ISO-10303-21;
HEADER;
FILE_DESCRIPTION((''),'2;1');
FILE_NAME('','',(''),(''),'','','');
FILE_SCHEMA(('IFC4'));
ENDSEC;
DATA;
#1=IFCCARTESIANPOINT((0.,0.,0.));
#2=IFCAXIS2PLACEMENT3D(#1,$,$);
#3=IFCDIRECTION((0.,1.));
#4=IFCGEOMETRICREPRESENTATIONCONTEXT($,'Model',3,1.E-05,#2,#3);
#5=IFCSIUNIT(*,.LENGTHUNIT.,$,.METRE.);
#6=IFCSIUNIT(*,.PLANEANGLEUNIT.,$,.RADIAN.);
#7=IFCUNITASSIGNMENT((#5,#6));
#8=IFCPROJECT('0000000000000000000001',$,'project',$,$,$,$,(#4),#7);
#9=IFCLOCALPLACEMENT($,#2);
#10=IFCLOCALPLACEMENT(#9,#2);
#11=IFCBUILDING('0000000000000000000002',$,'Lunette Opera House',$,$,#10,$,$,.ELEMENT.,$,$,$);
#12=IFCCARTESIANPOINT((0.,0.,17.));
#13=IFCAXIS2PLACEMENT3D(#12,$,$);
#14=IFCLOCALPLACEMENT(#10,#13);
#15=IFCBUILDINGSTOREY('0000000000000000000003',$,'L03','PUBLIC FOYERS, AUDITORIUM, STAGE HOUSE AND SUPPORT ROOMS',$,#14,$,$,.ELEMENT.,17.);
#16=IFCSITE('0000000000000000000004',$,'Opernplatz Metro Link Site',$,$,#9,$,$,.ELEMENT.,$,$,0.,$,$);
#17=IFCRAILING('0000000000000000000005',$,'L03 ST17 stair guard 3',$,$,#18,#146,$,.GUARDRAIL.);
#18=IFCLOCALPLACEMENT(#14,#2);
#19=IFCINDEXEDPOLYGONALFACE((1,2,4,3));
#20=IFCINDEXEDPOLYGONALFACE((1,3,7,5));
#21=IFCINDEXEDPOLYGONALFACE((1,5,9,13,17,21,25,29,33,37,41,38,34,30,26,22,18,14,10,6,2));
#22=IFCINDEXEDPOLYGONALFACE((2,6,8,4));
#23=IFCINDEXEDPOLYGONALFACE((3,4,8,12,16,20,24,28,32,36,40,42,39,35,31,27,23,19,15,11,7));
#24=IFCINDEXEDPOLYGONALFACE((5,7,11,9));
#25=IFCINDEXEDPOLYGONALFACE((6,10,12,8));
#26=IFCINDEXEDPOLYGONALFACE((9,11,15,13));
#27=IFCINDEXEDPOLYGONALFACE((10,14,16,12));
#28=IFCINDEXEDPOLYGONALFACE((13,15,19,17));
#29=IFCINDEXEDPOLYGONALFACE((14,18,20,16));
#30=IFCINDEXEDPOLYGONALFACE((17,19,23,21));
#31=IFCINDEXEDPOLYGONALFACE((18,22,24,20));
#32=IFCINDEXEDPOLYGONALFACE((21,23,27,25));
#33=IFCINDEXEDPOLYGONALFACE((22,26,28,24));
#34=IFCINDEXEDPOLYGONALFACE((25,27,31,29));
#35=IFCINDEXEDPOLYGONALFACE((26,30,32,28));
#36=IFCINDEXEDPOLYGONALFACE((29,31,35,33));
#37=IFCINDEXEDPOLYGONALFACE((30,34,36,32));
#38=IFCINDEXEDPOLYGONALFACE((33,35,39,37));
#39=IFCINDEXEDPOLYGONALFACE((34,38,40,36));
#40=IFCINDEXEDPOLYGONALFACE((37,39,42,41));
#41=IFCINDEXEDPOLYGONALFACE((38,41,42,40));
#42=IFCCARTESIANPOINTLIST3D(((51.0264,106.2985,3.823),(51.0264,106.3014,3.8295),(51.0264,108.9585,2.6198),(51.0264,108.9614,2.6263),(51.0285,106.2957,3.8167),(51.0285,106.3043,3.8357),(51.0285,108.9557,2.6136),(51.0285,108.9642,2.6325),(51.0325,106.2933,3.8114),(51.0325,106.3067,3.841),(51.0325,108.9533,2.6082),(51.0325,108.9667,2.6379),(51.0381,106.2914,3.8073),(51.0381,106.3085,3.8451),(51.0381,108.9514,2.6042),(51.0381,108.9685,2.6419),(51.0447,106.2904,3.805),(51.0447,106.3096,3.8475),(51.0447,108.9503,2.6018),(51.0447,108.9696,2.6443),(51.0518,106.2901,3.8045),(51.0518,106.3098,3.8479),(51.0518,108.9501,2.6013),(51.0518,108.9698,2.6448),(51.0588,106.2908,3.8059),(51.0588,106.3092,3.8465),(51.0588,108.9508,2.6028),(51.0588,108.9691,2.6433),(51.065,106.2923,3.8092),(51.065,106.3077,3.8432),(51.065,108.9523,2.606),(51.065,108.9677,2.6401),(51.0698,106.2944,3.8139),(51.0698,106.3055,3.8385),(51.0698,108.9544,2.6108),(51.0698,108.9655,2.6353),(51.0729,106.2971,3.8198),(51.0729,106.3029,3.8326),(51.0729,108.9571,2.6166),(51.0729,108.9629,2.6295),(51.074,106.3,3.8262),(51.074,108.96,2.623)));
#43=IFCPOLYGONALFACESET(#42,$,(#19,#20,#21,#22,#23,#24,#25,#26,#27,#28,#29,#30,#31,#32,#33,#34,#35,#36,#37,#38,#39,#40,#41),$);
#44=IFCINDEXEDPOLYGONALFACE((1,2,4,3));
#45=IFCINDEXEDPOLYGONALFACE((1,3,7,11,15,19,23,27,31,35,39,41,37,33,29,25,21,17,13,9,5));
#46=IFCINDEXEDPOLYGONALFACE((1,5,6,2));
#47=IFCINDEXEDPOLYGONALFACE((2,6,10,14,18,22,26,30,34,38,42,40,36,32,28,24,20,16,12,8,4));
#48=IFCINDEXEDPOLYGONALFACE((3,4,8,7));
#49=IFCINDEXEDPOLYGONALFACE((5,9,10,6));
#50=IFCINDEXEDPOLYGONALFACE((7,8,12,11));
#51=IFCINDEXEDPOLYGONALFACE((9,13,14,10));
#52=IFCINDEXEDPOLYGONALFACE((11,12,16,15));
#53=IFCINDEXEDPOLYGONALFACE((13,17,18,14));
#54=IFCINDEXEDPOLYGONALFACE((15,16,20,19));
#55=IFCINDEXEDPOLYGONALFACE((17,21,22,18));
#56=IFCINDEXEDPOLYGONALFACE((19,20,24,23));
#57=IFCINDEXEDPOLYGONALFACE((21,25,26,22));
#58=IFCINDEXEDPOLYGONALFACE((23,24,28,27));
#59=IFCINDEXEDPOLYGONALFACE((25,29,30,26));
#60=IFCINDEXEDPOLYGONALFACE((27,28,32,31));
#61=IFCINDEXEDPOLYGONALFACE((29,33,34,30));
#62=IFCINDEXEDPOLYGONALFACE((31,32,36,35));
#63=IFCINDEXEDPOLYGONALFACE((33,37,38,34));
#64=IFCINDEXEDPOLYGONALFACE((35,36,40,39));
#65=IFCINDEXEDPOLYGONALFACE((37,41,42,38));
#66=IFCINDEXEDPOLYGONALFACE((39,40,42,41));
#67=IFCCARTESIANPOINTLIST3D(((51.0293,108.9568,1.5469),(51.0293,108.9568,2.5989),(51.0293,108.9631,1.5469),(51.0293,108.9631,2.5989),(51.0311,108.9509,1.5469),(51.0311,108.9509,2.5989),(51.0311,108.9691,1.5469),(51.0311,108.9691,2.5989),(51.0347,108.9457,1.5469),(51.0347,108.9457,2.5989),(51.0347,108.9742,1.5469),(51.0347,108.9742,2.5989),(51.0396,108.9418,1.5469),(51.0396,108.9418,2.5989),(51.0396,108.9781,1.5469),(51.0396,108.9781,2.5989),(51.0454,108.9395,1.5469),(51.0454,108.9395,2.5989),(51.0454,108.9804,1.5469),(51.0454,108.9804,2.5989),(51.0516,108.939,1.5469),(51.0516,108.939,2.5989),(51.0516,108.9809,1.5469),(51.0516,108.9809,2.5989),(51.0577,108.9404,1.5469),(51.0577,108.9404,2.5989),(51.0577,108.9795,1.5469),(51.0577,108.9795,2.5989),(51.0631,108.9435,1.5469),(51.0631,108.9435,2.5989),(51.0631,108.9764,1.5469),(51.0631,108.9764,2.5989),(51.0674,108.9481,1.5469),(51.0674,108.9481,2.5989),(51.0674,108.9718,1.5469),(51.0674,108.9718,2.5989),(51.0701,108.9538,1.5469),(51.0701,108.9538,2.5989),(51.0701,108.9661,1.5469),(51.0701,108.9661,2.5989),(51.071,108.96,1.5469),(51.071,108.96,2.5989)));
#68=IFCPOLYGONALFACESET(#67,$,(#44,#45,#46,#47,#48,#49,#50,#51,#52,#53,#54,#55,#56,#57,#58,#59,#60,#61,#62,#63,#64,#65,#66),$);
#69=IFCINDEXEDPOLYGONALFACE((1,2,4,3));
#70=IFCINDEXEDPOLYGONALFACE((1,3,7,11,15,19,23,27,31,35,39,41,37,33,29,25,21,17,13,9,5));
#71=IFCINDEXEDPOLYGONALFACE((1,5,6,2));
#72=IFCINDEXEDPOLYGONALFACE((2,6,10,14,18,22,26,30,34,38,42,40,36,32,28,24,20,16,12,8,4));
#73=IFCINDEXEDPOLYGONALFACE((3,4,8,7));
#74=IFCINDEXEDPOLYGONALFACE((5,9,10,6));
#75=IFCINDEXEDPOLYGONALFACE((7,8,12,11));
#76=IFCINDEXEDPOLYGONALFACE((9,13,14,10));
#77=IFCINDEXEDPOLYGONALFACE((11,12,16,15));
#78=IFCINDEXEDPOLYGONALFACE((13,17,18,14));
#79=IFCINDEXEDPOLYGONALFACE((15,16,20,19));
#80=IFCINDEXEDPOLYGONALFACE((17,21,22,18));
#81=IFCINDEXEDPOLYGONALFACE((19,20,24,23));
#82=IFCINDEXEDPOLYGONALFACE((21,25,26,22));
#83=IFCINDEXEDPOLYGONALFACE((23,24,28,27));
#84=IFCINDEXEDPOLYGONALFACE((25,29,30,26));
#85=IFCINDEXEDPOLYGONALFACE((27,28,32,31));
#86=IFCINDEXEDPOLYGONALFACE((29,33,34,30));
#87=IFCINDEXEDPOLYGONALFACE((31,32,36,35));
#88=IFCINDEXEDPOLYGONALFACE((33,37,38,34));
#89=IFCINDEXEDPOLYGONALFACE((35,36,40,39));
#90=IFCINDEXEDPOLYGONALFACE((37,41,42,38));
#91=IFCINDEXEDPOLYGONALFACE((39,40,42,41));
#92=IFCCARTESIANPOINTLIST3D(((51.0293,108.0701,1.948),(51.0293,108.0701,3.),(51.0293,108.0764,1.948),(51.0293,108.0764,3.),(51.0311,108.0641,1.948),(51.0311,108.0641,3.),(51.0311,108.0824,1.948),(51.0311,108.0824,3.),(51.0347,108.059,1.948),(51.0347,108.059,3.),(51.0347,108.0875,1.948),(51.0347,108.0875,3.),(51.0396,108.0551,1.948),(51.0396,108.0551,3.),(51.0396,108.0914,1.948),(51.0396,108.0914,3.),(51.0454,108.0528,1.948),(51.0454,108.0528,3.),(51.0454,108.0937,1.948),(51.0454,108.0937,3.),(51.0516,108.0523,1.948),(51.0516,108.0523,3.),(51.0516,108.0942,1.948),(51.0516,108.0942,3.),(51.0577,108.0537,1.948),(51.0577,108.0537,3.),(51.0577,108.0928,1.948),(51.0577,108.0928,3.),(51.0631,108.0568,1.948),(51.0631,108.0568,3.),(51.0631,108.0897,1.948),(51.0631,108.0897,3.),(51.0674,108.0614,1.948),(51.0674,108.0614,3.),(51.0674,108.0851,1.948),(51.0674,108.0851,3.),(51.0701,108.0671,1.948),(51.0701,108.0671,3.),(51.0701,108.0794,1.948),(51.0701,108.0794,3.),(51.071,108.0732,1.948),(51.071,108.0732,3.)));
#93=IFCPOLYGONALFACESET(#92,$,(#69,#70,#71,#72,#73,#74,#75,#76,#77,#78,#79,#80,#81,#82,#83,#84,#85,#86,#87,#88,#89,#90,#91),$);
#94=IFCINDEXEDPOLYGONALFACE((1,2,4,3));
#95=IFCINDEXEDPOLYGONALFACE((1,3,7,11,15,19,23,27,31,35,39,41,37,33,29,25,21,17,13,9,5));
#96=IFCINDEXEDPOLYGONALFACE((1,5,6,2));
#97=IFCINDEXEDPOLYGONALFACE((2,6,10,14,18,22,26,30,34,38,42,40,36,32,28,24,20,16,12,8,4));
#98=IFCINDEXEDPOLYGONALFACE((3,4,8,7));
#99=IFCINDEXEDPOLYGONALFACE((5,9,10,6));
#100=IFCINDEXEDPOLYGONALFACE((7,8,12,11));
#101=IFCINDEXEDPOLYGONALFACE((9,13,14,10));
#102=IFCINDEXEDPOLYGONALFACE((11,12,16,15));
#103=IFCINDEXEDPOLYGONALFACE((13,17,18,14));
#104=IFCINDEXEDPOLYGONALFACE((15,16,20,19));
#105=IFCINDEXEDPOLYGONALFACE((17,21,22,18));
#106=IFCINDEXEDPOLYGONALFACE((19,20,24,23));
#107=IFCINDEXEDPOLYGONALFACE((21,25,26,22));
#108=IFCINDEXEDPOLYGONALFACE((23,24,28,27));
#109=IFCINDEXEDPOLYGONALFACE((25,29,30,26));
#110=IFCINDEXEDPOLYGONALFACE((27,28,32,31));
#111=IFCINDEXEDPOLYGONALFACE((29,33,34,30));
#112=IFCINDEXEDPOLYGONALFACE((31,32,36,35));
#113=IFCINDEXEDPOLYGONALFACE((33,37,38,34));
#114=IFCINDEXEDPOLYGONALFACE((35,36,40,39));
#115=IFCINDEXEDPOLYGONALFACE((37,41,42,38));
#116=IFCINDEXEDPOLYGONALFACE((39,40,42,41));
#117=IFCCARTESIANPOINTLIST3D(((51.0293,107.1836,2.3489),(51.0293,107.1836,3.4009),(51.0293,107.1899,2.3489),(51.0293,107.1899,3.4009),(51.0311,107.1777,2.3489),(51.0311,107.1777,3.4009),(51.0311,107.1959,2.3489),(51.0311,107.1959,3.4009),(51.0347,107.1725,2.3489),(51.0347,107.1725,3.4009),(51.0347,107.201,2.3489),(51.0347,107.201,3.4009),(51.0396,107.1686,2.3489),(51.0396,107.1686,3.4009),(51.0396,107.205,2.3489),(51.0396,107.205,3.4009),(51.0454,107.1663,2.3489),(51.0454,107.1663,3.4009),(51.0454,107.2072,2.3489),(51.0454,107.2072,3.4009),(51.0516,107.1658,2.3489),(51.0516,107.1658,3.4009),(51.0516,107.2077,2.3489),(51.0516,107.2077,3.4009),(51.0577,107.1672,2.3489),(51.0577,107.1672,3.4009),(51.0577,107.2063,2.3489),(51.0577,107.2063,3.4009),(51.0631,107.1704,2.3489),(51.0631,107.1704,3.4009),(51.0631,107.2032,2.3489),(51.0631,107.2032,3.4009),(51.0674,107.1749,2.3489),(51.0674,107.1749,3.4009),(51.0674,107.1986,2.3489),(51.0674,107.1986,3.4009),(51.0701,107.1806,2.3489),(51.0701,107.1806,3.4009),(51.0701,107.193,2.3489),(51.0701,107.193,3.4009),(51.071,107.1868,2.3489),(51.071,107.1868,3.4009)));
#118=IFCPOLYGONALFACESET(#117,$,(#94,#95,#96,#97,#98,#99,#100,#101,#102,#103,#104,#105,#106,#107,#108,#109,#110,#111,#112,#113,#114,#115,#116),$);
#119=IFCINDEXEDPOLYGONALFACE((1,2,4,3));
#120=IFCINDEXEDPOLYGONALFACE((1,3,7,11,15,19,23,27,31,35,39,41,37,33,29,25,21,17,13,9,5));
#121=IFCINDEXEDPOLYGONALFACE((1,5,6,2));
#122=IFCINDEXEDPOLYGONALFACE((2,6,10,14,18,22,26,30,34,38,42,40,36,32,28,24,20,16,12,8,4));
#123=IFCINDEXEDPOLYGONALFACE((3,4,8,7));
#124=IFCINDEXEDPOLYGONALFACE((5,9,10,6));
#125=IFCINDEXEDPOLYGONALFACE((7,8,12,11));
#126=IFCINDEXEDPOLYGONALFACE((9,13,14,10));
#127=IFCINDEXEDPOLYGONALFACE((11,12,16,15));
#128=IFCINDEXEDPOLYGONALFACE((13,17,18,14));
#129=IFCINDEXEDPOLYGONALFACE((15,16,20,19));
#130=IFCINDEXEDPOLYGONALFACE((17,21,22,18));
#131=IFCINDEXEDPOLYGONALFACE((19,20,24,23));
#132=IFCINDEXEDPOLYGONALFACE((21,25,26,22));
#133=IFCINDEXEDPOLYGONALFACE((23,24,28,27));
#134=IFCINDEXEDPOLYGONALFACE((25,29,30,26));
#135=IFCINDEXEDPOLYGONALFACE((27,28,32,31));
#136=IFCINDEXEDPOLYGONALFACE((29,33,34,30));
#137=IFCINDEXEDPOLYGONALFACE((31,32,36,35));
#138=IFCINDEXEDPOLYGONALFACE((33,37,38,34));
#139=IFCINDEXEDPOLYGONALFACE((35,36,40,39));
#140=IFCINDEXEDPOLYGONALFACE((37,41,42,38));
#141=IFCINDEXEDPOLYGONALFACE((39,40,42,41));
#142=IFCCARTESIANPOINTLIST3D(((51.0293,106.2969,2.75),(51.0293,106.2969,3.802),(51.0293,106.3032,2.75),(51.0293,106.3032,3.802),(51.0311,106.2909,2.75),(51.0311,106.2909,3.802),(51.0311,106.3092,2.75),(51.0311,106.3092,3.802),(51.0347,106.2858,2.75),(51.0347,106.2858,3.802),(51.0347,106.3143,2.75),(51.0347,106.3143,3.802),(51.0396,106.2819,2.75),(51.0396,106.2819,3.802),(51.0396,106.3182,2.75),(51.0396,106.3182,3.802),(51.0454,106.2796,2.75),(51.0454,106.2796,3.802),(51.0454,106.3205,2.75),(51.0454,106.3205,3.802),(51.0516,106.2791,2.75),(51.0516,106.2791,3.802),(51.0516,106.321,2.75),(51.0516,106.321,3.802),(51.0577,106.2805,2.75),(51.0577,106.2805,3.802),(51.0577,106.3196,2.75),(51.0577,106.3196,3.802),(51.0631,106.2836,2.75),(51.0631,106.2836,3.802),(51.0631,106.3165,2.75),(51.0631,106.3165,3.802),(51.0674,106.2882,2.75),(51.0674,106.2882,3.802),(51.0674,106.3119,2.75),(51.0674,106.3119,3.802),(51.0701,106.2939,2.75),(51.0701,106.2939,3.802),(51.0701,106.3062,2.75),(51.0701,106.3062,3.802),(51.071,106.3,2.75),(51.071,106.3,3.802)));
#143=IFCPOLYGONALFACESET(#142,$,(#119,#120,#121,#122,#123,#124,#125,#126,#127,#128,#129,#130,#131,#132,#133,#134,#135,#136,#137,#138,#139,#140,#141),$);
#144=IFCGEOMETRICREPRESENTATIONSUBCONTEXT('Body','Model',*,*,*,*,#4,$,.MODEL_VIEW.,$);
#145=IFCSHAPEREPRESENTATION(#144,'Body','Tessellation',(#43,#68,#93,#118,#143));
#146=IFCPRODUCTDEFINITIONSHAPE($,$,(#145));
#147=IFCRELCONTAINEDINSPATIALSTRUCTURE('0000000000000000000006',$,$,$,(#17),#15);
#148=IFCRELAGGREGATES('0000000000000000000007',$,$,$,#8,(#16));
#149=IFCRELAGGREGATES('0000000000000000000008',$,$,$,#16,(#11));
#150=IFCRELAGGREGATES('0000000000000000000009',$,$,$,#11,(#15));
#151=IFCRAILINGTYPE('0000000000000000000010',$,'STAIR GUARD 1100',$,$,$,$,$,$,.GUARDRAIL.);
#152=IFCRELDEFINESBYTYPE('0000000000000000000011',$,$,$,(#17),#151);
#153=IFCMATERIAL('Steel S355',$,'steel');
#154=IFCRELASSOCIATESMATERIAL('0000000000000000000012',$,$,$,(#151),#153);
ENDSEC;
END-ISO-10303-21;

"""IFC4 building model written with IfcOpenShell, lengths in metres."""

from ifc_helpers import new_model, si_unit, direction, frame, origin, origin_2d, place, context, subcontext, project, spatial, circle, extrude, material, type_object, element, save


model = new_model("IFC4")

# Units and contexts
model_context = context("Model", 3, precision=1e-05, world=origin(), true_north=direction((0.0, 1.0)))
body_context = subcontext(model_context, "Body", "Model", "MODEL_VIEW")
ifc_project = project(units=[si_unit("LENGTHUNIT", "METRE"), si_unit("PLANEANGLEUNIT", "RADIAN")], contexts=[model_context])

# Site, building, storey
site_placement = place(None, origin())
site = spatial("IfcSite", under=ifc_project, at=site_placement, Name="Opernplatz Metro Link Site", CompositionType="ELEMENT", RefElevation=0.0)
building_placement = place(site_placement, origin())
building = spatial("IfcBuilding", under=site, at=building_placement, Name="Lunette Opera House", CompositionType="ELEMENT")
storey_placement = place(building_placement, frame((0.0, 0.0, 17.0)))
storey = spatial("IfcBuildingStorey", under=building, at=storey_placement, Name="L03", Description="PUBLIC FOYERS, AUDITORIUM, STAGE HOUSE AND SUPPORT ROOMS", CompositionType="ELEMENT", Elevation=17.0)

# Railing
ifc_material_1 = material(Name="Steel S355", Category="steel")
railing_type_1 = type_object("IfcRailingType", Name="STAIR GUARD 1100", PredefinedType="GUARDRAIL", material=ifc_material_1)
railing_1_placement = place(storey_placement, frame((51.05, 108.96, 1.5469)))
element("IfcRailing", 1, at=railing_1_placement, inside=storey, type_object=railing_type_1, Name="L03 ST17 stair guard 3", PredefinedType="GUARDRAIL", context=body_context, shape_type="SweptSolid", body=[
    extrude(circle(Radius=0.0239, at=origin_2d()), frame((0.0, 0.0, 1.0762), z_axis=(0.0, -0.91113, 0.41212), x_axis=(1.0, 0.0, 0.0)), (0.0, 0.0, 1.0), 2.9194),
    extrude(circle(Radius=0.021, at=origin_2d()), origin(), (0.0, 0.0, 1.0), 1.052),
    extrude(circle(Radius=0.021, at=origin_2d()), frame((0.0, -0.8867, 0.4011)), (0.0, 0.0, 1.0), 1.052),
    extrude(circle(Radius=0.021, at=origin_2d()), frame((0.0, -1.7732, 0.802)), (0.0, 0.0, 1.0), 1.052),
    extrude(circle(Radius=0.021, at=origin_2d()), frame((0.0, -2.6599, 1.2031)), (0.0, 0.0, 1.0), 1.052),
])

save(model, "model.ifc")
